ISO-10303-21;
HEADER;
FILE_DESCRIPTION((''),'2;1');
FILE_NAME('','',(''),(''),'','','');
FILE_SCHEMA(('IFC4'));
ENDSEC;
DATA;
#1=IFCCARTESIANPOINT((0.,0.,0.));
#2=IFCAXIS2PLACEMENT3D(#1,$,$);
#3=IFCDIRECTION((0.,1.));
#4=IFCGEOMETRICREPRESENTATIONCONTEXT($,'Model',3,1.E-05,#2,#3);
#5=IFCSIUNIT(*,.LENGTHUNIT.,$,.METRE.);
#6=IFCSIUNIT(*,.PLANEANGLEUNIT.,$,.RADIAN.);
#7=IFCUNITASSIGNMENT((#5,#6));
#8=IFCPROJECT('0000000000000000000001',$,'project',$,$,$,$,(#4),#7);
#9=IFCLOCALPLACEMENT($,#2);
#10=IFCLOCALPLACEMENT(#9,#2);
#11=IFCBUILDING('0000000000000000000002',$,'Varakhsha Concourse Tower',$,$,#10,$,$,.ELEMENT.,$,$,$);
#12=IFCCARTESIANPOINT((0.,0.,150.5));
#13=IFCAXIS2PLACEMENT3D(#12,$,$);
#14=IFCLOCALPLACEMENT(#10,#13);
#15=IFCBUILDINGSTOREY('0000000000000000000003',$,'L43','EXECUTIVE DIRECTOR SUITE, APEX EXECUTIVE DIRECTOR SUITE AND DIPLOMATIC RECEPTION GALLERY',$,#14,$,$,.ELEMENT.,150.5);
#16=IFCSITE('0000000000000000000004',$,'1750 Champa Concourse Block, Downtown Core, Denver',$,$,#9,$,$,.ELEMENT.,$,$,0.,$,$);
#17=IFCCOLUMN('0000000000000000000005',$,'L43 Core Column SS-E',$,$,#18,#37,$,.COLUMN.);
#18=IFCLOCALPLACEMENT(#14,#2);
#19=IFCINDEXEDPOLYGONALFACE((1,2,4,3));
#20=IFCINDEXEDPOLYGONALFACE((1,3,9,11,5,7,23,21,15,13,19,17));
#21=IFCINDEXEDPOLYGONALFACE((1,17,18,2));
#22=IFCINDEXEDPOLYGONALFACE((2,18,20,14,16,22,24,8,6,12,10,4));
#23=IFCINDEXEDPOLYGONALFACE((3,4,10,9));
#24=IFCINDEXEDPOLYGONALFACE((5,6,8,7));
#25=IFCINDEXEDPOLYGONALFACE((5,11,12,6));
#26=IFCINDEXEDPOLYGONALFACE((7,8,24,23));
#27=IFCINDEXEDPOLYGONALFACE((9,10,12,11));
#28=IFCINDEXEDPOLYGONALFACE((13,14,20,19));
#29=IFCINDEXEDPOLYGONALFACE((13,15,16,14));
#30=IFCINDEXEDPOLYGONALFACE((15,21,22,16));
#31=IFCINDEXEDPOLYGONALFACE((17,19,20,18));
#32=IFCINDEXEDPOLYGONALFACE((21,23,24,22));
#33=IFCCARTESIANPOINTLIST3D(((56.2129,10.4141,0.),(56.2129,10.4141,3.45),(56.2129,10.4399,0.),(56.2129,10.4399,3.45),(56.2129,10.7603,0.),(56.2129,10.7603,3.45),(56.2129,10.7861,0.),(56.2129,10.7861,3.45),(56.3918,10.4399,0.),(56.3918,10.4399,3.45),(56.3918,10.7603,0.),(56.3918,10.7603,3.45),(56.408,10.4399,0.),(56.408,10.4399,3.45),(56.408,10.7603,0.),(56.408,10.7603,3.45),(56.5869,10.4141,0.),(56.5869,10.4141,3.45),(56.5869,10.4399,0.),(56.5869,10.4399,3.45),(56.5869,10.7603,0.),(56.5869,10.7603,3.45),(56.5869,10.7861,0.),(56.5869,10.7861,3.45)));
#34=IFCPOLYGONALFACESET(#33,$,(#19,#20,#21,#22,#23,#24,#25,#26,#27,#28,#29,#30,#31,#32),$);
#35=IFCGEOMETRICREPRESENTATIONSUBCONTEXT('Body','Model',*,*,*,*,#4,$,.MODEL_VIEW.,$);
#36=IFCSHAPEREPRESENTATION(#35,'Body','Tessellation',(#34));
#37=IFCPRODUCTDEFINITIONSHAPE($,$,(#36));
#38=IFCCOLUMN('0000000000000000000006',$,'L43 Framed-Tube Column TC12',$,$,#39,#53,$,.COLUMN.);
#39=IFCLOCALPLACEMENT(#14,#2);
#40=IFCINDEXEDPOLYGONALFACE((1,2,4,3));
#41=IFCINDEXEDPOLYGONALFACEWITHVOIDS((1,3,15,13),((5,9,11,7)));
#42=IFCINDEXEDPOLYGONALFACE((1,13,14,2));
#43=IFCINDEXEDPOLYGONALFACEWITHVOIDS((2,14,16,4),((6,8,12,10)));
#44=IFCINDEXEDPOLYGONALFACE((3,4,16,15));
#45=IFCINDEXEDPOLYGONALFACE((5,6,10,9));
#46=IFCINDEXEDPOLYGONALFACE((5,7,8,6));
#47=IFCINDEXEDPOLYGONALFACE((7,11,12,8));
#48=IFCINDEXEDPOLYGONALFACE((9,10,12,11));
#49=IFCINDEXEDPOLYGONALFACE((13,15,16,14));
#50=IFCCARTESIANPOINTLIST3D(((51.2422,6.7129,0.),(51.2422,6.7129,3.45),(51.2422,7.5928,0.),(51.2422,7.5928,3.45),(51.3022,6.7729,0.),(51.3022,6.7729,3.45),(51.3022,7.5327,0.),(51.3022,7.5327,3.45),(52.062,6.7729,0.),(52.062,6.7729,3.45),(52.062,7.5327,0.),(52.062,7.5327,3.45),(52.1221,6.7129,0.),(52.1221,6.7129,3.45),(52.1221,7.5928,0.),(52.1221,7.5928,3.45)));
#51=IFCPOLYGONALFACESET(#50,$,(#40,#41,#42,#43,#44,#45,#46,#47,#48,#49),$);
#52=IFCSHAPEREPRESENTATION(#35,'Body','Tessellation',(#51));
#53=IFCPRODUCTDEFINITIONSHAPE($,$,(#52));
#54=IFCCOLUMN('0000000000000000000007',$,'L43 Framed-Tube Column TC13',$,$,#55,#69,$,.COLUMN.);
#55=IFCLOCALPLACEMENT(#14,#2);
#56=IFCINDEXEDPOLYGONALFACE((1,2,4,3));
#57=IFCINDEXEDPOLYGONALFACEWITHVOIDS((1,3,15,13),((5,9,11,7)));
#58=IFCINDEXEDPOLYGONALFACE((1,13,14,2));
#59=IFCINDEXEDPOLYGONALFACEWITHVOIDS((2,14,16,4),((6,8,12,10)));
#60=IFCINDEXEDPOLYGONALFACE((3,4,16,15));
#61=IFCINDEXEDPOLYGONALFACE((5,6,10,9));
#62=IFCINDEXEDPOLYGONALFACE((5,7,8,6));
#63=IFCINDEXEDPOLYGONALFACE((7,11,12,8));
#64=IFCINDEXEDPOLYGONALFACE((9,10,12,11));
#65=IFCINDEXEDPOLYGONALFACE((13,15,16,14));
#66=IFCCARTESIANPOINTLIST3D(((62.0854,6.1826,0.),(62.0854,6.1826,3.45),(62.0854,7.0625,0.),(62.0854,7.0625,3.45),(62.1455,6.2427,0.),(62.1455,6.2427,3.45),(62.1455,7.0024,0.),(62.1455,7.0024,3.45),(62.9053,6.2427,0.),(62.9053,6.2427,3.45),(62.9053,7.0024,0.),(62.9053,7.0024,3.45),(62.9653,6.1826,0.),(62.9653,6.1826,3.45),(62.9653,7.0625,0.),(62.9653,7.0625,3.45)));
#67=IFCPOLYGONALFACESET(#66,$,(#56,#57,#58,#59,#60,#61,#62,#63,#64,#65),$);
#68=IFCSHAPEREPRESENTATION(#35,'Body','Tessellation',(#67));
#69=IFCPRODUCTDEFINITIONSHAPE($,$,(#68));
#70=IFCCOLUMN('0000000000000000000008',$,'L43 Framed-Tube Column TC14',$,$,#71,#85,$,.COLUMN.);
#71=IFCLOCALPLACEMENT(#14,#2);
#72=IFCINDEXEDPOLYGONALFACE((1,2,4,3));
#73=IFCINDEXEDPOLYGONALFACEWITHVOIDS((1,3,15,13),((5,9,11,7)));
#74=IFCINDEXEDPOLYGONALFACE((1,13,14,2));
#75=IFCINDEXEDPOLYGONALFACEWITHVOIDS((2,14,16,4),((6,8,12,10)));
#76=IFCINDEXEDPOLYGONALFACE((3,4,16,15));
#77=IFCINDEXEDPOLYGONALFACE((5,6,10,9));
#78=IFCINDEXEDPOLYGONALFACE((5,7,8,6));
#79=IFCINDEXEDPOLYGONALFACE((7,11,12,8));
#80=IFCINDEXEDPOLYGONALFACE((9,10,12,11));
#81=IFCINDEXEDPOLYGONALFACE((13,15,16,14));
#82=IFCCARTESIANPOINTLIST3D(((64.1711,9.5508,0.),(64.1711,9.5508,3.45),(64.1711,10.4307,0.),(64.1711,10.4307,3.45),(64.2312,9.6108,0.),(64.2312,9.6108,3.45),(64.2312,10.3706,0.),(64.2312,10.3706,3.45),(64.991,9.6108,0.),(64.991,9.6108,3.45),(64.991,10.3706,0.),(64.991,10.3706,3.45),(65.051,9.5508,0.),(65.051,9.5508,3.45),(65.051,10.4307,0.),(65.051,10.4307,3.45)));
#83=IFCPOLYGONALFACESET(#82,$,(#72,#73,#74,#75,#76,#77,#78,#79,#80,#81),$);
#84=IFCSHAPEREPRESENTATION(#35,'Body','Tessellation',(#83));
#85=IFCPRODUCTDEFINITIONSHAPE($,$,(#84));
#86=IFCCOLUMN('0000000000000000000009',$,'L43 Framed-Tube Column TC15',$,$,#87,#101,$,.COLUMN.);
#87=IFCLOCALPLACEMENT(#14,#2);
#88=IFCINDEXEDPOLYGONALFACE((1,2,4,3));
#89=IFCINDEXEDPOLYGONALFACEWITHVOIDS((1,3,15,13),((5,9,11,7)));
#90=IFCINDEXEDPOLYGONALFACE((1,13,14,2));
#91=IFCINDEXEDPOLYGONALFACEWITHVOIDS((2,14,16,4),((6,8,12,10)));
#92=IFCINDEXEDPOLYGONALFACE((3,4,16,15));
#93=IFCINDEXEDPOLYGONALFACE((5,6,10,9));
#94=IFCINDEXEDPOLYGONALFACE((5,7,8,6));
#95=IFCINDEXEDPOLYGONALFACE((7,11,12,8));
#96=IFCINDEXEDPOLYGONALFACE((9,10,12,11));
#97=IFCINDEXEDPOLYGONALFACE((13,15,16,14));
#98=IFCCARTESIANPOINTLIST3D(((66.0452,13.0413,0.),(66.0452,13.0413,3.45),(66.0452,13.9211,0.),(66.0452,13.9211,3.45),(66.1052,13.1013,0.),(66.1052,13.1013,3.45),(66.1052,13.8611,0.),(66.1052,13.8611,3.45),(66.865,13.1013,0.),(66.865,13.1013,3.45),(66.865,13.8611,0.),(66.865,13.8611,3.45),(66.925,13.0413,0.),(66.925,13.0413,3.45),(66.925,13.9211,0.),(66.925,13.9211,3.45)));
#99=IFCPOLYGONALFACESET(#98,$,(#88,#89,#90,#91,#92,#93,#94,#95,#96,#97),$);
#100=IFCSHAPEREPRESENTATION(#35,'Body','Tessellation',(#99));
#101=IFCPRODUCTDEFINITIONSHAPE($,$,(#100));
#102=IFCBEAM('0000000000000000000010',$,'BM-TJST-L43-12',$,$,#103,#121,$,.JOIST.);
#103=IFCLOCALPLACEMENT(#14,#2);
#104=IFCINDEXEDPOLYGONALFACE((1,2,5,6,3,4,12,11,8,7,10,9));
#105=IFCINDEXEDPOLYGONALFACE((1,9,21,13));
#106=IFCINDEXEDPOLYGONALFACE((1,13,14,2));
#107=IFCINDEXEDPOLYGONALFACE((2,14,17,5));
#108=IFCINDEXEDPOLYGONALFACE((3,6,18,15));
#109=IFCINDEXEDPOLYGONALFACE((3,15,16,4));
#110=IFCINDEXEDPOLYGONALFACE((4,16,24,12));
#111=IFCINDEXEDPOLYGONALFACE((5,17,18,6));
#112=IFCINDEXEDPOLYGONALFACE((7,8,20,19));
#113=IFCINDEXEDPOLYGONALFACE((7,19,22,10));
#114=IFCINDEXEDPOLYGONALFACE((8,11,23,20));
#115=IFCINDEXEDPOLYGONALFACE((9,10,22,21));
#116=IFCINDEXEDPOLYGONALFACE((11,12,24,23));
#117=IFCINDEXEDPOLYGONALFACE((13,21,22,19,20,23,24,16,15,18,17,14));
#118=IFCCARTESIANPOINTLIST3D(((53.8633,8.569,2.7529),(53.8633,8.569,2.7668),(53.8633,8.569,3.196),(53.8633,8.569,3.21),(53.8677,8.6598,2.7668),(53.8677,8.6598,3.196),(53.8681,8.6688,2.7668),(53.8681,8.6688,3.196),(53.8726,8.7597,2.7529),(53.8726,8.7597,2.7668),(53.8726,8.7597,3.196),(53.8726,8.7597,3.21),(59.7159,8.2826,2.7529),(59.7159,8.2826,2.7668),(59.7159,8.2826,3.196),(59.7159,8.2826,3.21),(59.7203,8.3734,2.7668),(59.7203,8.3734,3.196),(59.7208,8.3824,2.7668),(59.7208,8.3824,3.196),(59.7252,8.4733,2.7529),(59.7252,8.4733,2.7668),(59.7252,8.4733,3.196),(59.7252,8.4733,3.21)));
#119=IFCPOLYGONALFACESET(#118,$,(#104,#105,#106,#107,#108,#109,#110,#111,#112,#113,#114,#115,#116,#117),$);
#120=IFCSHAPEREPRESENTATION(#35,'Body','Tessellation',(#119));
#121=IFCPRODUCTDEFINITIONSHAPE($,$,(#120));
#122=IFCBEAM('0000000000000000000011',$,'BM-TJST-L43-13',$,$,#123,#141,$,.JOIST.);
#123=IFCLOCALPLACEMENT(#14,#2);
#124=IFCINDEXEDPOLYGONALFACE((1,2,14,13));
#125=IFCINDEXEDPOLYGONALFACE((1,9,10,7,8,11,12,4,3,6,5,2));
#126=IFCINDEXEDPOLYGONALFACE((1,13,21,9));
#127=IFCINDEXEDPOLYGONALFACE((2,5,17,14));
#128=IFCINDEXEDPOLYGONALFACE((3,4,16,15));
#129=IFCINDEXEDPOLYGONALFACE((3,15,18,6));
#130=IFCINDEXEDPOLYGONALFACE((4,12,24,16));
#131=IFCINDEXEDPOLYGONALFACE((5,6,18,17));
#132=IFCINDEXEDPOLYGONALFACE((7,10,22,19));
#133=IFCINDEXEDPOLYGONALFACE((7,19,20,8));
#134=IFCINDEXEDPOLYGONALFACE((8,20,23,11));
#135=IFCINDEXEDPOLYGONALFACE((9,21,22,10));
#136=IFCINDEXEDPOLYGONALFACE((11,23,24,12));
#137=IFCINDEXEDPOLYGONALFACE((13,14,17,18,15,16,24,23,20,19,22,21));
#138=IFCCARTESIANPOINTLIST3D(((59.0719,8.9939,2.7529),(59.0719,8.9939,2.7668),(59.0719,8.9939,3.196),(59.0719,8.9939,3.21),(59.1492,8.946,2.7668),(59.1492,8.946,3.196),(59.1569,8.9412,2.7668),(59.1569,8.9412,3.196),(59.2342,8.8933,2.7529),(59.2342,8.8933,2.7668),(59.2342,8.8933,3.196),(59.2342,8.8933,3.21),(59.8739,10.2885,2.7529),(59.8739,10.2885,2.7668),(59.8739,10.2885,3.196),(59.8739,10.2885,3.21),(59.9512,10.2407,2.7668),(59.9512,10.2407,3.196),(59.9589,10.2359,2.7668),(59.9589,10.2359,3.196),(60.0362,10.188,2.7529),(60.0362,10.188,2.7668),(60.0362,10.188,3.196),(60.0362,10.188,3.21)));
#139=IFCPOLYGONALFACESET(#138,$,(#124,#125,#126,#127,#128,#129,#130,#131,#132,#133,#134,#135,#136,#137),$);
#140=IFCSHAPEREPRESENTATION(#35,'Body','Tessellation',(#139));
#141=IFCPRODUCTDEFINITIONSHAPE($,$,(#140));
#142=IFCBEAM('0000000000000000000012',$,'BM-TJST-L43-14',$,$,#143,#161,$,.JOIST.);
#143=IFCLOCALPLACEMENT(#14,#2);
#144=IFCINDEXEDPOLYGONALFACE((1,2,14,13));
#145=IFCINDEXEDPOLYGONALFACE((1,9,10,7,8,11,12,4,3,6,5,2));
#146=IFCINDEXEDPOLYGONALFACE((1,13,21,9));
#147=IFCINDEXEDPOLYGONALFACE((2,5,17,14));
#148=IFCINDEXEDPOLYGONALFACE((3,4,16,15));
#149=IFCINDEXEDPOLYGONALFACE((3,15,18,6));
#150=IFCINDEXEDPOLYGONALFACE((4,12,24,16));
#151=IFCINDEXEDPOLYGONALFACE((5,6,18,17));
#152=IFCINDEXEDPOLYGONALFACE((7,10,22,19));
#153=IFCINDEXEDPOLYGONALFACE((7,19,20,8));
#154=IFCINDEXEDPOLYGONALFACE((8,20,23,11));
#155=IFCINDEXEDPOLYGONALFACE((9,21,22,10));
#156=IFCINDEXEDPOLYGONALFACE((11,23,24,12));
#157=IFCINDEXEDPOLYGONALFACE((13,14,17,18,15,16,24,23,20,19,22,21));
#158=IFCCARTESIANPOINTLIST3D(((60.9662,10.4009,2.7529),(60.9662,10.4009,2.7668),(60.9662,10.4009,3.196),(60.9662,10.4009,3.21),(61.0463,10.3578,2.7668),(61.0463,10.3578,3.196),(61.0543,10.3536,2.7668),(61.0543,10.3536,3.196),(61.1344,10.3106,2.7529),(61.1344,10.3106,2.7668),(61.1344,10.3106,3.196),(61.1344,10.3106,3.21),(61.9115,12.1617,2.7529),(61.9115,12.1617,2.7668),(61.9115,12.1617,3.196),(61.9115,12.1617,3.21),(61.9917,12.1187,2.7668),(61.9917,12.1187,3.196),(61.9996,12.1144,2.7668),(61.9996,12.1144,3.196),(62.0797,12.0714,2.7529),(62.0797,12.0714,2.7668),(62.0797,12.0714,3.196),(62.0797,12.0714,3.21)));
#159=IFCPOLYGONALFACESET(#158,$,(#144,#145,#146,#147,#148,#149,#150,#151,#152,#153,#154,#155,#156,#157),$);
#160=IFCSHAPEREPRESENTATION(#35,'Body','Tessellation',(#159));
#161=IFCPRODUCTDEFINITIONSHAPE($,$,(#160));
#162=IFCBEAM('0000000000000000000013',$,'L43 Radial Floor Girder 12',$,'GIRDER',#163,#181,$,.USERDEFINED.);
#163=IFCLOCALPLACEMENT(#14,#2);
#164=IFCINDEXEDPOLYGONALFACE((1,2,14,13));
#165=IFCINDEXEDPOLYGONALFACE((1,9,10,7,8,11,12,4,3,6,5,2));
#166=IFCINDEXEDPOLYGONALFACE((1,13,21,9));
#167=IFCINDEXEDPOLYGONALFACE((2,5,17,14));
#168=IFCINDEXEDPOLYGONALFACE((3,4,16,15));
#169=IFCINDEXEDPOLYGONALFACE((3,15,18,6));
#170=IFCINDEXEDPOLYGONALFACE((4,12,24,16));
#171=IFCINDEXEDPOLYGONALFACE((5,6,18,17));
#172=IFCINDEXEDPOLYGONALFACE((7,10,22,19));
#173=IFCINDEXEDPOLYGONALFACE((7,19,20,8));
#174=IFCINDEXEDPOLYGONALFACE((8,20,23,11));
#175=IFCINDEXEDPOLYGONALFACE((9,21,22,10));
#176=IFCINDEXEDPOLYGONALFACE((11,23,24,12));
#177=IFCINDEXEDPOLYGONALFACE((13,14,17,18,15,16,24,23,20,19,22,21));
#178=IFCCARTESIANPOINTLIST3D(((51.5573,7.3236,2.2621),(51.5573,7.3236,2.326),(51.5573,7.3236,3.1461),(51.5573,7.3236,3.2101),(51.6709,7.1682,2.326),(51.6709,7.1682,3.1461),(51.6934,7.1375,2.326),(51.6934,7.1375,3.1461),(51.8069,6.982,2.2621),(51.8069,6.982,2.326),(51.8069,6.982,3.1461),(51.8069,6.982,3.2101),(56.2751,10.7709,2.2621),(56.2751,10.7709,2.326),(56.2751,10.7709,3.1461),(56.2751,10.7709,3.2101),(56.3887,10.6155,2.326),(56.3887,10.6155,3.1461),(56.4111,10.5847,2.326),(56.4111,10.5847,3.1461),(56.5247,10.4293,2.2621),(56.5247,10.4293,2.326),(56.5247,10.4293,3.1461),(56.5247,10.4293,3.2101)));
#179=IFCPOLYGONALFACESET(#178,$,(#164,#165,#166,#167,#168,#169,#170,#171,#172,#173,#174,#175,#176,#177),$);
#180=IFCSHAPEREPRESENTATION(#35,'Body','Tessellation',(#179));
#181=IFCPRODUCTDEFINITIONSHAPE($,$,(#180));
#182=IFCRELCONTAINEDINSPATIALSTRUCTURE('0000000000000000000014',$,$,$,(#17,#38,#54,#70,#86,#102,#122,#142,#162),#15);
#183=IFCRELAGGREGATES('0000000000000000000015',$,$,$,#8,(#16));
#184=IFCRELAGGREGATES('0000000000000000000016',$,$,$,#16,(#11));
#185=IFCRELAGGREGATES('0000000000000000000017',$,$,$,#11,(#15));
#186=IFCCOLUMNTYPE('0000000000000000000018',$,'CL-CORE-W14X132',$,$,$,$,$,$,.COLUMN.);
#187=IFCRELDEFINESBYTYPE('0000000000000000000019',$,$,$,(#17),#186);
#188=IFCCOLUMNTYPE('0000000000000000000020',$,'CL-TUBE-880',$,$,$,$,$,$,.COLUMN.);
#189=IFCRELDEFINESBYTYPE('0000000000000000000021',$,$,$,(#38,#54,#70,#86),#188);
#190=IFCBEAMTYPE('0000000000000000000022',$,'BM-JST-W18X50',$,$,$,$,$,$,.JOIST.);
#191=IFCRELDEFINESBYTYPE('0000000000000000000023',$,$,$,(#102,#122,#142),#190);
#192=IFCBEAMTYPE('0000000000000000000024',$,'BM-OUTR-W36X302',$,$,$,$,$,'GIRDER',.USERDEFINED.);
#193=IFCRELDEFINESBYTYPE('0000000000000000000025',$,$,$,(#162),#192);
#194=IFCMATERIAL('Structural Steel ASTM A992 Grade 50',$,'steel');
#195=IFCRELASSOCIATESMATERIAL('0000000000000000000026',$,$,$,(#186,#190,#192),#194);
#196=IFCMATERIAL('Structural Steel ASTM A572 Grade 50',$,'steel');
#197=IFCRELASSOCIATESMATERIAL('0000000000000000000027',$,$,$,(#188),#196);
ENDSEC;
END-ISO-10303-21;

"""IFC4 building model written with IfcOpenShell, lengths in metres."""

from ifc_helpers import new_model, si_unit, direction, frame, origin, origin_2d, place, context, subcontext, project, spatial, hollow_rectangle, i_section, extrude, material, material_profile, profile_set, type_object, element, save


model = new_model("IFC4")

# Units and contexts
model_context = context("Model", 3, precision=1e-05, world=origin(), true_north=direction((0.0, 1.0)))
body_context = subcontext(model_context, "Body", "Model", "MODEL_VIEW")
ifc_project = project(units=[si_unit("LENGTHUNIT", "METRE"), si_unit("PLANEANGLEUNIT", "RADIAN")], contexts=[model_context])

# Site, building, storey
site_placement = place(None, origin())
site = spatial("IfcSite", under=ifc_project, at=site_placement, Name="1750 Champa Concourse Block, Downtown Core, Denver", CompositionType="ELEMENT", RefElevation=0.0)
building_placement = place(site_placement, origin())
building = spatial("IfcBuilding", under=site, at=building_placement, Name="Varakhsha Concourse Tower", CompositionType="ELEMENT")
storey_placement = place(building_placement, frame((0.0, 0.0, 150.5)))
storey = spatial("IfcBuildingStorey", under=building, at=storey_placement, Name="L43", Description="EXECUTIVE DIRECTOR SUITE, APEX EXECUTIVE DIRECTOR SUITE AND DIPLOMATIC RECEPTION GALLERY", CompositionType="ELEMENT", Elevation=150.5)

# Columns
ifc_material_1 = material(Name="Structural Steel ASTM A992 Grade 50", Category="steel")
ifc_material_profile_1 = material_profile(ifc_material_1, i_section(OverallWidth=0.374, OverallDepth=0.3721, WebThickness=0.0161, FlangeThickness=0.0259, at=origin_2d()), Name="W14X132")
ifc_profile_set_1 = profile_set([ifc_material_profile_1], Name="Structural Steel ASTM A992 Grade 50")
column_type_1 = type_object("IfcColumnType", Name="CL-CORE-W14X132", PredefinedType="COLUMN", material=ifc_profile_set_1)
column_placement = place(storey_placement, frame((56.3999, 10.6001, 0.0), z_axis=(0.0, 0.0, 1.0), x_axis=(1.0, 0.0, 0.0)))
element("IfcColumn", 1, at=column_placement, inside=storey, type_object=column_type_1, Name="L43 Core Column SS-E", PredefinedType="COLUMN", context=body_context, shape_type="SweptSolid", body=[
    extrude(i_section(OverallWidth=0.374, OverallDepth=0.3721, WebThickness=0.0161, FlangeThickness=0.0259, at=origin_2d()), origin(), (0.0, 0.0, 1.0), 3.45),
])
ifc_material_2 = material(Name="Structural Steel ASTM A572 Grade 50", Category="steel")
ifc_material_profile_2 = material_profile(ifc_material_2, hollow_rectangle(XDim=0.8799, YDim=0.8799, WallThickness=0.0601, at=origin_2d()), Name="BOX 880x880x60")
ifc_profile_set_2 = profile_set([ifc_material_profile_2], Name="Structural Steel ASTM A572 Grade 50")
column_type_2 = type_object("IfcColumnType", Name="CL-TUBE-880", PredefinedType="COLUMN", material=ifc_profile_set_2)
for number, where, z_axis, x_axis, name in (
    (2, (51.6821, 7.1528, 0.0), (0.0, 0.0, 1.0), (1.0, 0.0, 0.0), "L43 Framed-Tube Column TC12"),
    (3, (62.5254, 6.6226, 0.0), (0.0, 0.0, 1.0), (1.0, 0.0, 0.0), "L43 Framed-Tube Column TC13"),
    (4, (64.6111, 9.9907, 0.0), (0.0, 0.0, 1.0), (1.0, 0.0, 0.0), "L43 Framed-Tube Column TC14"),
    (5, (66.4851, 13.4812, 0.0), (0.0, 0.0, 1.0), (1.0, 0.0, 0.0), "L43 Framed-Tube Column TC15"),
):
    element("IfcColumn", number, at=place(storey_placement, frame(where, z_axis=z_axis, x_axis=x_axis)), inside=storey, type_object=column_type_2, Name=name, PredefinedType="COLUMN", context=body_context, shape_type="SweptSolid", body=[
        extrude(hollow_rectangle(XDim=0.8799, YDim=0.8799, WallThickness=0.0601, at=origin_2d()), origin(), (0.0, 0.0, 1.0), 3.45),
    ])

# Beams
ifc_material_profile_3 = material_profile(ifc_material_1, i_section(OverallWidth=0.1909, OverallDepth=0.457, WebThickness=0.009, FlangeThickness=0.0139, at=origin_2d()), Name="W18X50")
ifc_profile_set_3 = profile_set([ifc_material_profile_3], Name="Structural Steel ASTM A992 Grade 50")
beam_type_1 = type_object("IfcBeamType", Name="BM-JST-W18X50", PredefinedType="JOIST", material=ifc_profile_set_3)
beam_1_placement = place(storey_placement, frame((53.8679, 8.6643, 2.9814), z_axis=(0.998805, -0.048874, 0.0), x_axis=(0.048874, 0.998805, 0.0)))
element("IfcBeam", 6, at=beam_1_placement, inside=storey, type_object=beam_type_1, Name="BM-TJST-L43-12", PredefinedType="JOIST", context=body_context, shape_type="SweptSolid", body=[
    extrude(i_section(OverallWidth=0.1909, OverallDepth=0.457, WebThickness=0.009, FlangeThickness=0.0139, at=origin_2d()), origin(), (0.0, 0.0, 1.0), 5.8596),
])
beam_2_placement = place(storey_placement, frame((59.1531, 8.9436, 2.9814), z_axis=(0.526608, 0.850108, 0.0), x_axis=(-0.850108, 0.526608, 0.0)))
element("IfcBeam", 7, at=beam_2_placement, inside=storey, type_object=beam_type_1, Name="BM-TJST-L43-13", PredefinedType="JOIST", context=body_context, shape_type="SweptSolid", body=[
    extrude(i_section(OverallWidth=0.1909, OverallDepth=0.457, WebThickness=0.009, FlangeThickness=0.0139, at=origin_2d()), origin(), (0.0, 0.0, 1.0), 1.5229),
])
beam_3_placement = place(storey_placement, frame((61.0503, 10.3557, 2.9814), z_axis=(0.473021, 0.881051, 0.0), x_axis=(-0.881051, 0.473021, 0.0)))
element("IfcBeam", 8, at=beam_3_placement, inside=storey, type_object=beam_type_1, Name="BM-TJST-L43-14", PredefinedType="JOIST", context=body_context, shape_type="SweptSolid", body=[
    extrude(i_section(OverallWidth=0.1909, OverallDepth=0.457, WebThickness=0.009, FlangeThickness=0.0139, at=origin_2d()), origin(), (0.0, 0.0, 1.0), 1.9985),
])
ifc_material_profile_4 = material_profile(ifc_material_1, i_section(OverallWidth=0.4231, OverallDepth=0.948, WebThickness=0.0381, FlangeThickness=0.064, at=origin_2d()), Name="W36X302")
ifc_profile_set_4 = profile_set([ifc_material_profile_4], Name="Structural Steel ASTM A992 Grade 50")
beam_type_2 = type_object("IfcBeamType", Name="BM-OUTR-W36X302", ElementType="GIRDER", PredefinedType="USERDEFINED", material=ifc_profile_set_4)
beam_4_placement = place(storey_placement, frame((56.3999, 10.6001, 2.7361), z_axis=(-0.807419, -0.589979, 0.0), x_axis=(0.589979, -0.807419, 0.0)))
element("IfcBeam", 9, at=beam_4_placement, inside=storey, type_object=beam_type_2, Name="L43 Radial Floor Girder 12", ObjectType="GIRDER", PredefinedType="USERDEFINED", context=body_context, shape_type="SweptSolid", body=[
    extrude(i_section(OverallWidth=0.4231, OverallDepth=0.948, WebThickness=0.0381, FlangeThickness=0.064, at=origin_2d()), origin(), (0.0, 0.0, 1.0), 5.843),
])

save(model, "model.ifc")
